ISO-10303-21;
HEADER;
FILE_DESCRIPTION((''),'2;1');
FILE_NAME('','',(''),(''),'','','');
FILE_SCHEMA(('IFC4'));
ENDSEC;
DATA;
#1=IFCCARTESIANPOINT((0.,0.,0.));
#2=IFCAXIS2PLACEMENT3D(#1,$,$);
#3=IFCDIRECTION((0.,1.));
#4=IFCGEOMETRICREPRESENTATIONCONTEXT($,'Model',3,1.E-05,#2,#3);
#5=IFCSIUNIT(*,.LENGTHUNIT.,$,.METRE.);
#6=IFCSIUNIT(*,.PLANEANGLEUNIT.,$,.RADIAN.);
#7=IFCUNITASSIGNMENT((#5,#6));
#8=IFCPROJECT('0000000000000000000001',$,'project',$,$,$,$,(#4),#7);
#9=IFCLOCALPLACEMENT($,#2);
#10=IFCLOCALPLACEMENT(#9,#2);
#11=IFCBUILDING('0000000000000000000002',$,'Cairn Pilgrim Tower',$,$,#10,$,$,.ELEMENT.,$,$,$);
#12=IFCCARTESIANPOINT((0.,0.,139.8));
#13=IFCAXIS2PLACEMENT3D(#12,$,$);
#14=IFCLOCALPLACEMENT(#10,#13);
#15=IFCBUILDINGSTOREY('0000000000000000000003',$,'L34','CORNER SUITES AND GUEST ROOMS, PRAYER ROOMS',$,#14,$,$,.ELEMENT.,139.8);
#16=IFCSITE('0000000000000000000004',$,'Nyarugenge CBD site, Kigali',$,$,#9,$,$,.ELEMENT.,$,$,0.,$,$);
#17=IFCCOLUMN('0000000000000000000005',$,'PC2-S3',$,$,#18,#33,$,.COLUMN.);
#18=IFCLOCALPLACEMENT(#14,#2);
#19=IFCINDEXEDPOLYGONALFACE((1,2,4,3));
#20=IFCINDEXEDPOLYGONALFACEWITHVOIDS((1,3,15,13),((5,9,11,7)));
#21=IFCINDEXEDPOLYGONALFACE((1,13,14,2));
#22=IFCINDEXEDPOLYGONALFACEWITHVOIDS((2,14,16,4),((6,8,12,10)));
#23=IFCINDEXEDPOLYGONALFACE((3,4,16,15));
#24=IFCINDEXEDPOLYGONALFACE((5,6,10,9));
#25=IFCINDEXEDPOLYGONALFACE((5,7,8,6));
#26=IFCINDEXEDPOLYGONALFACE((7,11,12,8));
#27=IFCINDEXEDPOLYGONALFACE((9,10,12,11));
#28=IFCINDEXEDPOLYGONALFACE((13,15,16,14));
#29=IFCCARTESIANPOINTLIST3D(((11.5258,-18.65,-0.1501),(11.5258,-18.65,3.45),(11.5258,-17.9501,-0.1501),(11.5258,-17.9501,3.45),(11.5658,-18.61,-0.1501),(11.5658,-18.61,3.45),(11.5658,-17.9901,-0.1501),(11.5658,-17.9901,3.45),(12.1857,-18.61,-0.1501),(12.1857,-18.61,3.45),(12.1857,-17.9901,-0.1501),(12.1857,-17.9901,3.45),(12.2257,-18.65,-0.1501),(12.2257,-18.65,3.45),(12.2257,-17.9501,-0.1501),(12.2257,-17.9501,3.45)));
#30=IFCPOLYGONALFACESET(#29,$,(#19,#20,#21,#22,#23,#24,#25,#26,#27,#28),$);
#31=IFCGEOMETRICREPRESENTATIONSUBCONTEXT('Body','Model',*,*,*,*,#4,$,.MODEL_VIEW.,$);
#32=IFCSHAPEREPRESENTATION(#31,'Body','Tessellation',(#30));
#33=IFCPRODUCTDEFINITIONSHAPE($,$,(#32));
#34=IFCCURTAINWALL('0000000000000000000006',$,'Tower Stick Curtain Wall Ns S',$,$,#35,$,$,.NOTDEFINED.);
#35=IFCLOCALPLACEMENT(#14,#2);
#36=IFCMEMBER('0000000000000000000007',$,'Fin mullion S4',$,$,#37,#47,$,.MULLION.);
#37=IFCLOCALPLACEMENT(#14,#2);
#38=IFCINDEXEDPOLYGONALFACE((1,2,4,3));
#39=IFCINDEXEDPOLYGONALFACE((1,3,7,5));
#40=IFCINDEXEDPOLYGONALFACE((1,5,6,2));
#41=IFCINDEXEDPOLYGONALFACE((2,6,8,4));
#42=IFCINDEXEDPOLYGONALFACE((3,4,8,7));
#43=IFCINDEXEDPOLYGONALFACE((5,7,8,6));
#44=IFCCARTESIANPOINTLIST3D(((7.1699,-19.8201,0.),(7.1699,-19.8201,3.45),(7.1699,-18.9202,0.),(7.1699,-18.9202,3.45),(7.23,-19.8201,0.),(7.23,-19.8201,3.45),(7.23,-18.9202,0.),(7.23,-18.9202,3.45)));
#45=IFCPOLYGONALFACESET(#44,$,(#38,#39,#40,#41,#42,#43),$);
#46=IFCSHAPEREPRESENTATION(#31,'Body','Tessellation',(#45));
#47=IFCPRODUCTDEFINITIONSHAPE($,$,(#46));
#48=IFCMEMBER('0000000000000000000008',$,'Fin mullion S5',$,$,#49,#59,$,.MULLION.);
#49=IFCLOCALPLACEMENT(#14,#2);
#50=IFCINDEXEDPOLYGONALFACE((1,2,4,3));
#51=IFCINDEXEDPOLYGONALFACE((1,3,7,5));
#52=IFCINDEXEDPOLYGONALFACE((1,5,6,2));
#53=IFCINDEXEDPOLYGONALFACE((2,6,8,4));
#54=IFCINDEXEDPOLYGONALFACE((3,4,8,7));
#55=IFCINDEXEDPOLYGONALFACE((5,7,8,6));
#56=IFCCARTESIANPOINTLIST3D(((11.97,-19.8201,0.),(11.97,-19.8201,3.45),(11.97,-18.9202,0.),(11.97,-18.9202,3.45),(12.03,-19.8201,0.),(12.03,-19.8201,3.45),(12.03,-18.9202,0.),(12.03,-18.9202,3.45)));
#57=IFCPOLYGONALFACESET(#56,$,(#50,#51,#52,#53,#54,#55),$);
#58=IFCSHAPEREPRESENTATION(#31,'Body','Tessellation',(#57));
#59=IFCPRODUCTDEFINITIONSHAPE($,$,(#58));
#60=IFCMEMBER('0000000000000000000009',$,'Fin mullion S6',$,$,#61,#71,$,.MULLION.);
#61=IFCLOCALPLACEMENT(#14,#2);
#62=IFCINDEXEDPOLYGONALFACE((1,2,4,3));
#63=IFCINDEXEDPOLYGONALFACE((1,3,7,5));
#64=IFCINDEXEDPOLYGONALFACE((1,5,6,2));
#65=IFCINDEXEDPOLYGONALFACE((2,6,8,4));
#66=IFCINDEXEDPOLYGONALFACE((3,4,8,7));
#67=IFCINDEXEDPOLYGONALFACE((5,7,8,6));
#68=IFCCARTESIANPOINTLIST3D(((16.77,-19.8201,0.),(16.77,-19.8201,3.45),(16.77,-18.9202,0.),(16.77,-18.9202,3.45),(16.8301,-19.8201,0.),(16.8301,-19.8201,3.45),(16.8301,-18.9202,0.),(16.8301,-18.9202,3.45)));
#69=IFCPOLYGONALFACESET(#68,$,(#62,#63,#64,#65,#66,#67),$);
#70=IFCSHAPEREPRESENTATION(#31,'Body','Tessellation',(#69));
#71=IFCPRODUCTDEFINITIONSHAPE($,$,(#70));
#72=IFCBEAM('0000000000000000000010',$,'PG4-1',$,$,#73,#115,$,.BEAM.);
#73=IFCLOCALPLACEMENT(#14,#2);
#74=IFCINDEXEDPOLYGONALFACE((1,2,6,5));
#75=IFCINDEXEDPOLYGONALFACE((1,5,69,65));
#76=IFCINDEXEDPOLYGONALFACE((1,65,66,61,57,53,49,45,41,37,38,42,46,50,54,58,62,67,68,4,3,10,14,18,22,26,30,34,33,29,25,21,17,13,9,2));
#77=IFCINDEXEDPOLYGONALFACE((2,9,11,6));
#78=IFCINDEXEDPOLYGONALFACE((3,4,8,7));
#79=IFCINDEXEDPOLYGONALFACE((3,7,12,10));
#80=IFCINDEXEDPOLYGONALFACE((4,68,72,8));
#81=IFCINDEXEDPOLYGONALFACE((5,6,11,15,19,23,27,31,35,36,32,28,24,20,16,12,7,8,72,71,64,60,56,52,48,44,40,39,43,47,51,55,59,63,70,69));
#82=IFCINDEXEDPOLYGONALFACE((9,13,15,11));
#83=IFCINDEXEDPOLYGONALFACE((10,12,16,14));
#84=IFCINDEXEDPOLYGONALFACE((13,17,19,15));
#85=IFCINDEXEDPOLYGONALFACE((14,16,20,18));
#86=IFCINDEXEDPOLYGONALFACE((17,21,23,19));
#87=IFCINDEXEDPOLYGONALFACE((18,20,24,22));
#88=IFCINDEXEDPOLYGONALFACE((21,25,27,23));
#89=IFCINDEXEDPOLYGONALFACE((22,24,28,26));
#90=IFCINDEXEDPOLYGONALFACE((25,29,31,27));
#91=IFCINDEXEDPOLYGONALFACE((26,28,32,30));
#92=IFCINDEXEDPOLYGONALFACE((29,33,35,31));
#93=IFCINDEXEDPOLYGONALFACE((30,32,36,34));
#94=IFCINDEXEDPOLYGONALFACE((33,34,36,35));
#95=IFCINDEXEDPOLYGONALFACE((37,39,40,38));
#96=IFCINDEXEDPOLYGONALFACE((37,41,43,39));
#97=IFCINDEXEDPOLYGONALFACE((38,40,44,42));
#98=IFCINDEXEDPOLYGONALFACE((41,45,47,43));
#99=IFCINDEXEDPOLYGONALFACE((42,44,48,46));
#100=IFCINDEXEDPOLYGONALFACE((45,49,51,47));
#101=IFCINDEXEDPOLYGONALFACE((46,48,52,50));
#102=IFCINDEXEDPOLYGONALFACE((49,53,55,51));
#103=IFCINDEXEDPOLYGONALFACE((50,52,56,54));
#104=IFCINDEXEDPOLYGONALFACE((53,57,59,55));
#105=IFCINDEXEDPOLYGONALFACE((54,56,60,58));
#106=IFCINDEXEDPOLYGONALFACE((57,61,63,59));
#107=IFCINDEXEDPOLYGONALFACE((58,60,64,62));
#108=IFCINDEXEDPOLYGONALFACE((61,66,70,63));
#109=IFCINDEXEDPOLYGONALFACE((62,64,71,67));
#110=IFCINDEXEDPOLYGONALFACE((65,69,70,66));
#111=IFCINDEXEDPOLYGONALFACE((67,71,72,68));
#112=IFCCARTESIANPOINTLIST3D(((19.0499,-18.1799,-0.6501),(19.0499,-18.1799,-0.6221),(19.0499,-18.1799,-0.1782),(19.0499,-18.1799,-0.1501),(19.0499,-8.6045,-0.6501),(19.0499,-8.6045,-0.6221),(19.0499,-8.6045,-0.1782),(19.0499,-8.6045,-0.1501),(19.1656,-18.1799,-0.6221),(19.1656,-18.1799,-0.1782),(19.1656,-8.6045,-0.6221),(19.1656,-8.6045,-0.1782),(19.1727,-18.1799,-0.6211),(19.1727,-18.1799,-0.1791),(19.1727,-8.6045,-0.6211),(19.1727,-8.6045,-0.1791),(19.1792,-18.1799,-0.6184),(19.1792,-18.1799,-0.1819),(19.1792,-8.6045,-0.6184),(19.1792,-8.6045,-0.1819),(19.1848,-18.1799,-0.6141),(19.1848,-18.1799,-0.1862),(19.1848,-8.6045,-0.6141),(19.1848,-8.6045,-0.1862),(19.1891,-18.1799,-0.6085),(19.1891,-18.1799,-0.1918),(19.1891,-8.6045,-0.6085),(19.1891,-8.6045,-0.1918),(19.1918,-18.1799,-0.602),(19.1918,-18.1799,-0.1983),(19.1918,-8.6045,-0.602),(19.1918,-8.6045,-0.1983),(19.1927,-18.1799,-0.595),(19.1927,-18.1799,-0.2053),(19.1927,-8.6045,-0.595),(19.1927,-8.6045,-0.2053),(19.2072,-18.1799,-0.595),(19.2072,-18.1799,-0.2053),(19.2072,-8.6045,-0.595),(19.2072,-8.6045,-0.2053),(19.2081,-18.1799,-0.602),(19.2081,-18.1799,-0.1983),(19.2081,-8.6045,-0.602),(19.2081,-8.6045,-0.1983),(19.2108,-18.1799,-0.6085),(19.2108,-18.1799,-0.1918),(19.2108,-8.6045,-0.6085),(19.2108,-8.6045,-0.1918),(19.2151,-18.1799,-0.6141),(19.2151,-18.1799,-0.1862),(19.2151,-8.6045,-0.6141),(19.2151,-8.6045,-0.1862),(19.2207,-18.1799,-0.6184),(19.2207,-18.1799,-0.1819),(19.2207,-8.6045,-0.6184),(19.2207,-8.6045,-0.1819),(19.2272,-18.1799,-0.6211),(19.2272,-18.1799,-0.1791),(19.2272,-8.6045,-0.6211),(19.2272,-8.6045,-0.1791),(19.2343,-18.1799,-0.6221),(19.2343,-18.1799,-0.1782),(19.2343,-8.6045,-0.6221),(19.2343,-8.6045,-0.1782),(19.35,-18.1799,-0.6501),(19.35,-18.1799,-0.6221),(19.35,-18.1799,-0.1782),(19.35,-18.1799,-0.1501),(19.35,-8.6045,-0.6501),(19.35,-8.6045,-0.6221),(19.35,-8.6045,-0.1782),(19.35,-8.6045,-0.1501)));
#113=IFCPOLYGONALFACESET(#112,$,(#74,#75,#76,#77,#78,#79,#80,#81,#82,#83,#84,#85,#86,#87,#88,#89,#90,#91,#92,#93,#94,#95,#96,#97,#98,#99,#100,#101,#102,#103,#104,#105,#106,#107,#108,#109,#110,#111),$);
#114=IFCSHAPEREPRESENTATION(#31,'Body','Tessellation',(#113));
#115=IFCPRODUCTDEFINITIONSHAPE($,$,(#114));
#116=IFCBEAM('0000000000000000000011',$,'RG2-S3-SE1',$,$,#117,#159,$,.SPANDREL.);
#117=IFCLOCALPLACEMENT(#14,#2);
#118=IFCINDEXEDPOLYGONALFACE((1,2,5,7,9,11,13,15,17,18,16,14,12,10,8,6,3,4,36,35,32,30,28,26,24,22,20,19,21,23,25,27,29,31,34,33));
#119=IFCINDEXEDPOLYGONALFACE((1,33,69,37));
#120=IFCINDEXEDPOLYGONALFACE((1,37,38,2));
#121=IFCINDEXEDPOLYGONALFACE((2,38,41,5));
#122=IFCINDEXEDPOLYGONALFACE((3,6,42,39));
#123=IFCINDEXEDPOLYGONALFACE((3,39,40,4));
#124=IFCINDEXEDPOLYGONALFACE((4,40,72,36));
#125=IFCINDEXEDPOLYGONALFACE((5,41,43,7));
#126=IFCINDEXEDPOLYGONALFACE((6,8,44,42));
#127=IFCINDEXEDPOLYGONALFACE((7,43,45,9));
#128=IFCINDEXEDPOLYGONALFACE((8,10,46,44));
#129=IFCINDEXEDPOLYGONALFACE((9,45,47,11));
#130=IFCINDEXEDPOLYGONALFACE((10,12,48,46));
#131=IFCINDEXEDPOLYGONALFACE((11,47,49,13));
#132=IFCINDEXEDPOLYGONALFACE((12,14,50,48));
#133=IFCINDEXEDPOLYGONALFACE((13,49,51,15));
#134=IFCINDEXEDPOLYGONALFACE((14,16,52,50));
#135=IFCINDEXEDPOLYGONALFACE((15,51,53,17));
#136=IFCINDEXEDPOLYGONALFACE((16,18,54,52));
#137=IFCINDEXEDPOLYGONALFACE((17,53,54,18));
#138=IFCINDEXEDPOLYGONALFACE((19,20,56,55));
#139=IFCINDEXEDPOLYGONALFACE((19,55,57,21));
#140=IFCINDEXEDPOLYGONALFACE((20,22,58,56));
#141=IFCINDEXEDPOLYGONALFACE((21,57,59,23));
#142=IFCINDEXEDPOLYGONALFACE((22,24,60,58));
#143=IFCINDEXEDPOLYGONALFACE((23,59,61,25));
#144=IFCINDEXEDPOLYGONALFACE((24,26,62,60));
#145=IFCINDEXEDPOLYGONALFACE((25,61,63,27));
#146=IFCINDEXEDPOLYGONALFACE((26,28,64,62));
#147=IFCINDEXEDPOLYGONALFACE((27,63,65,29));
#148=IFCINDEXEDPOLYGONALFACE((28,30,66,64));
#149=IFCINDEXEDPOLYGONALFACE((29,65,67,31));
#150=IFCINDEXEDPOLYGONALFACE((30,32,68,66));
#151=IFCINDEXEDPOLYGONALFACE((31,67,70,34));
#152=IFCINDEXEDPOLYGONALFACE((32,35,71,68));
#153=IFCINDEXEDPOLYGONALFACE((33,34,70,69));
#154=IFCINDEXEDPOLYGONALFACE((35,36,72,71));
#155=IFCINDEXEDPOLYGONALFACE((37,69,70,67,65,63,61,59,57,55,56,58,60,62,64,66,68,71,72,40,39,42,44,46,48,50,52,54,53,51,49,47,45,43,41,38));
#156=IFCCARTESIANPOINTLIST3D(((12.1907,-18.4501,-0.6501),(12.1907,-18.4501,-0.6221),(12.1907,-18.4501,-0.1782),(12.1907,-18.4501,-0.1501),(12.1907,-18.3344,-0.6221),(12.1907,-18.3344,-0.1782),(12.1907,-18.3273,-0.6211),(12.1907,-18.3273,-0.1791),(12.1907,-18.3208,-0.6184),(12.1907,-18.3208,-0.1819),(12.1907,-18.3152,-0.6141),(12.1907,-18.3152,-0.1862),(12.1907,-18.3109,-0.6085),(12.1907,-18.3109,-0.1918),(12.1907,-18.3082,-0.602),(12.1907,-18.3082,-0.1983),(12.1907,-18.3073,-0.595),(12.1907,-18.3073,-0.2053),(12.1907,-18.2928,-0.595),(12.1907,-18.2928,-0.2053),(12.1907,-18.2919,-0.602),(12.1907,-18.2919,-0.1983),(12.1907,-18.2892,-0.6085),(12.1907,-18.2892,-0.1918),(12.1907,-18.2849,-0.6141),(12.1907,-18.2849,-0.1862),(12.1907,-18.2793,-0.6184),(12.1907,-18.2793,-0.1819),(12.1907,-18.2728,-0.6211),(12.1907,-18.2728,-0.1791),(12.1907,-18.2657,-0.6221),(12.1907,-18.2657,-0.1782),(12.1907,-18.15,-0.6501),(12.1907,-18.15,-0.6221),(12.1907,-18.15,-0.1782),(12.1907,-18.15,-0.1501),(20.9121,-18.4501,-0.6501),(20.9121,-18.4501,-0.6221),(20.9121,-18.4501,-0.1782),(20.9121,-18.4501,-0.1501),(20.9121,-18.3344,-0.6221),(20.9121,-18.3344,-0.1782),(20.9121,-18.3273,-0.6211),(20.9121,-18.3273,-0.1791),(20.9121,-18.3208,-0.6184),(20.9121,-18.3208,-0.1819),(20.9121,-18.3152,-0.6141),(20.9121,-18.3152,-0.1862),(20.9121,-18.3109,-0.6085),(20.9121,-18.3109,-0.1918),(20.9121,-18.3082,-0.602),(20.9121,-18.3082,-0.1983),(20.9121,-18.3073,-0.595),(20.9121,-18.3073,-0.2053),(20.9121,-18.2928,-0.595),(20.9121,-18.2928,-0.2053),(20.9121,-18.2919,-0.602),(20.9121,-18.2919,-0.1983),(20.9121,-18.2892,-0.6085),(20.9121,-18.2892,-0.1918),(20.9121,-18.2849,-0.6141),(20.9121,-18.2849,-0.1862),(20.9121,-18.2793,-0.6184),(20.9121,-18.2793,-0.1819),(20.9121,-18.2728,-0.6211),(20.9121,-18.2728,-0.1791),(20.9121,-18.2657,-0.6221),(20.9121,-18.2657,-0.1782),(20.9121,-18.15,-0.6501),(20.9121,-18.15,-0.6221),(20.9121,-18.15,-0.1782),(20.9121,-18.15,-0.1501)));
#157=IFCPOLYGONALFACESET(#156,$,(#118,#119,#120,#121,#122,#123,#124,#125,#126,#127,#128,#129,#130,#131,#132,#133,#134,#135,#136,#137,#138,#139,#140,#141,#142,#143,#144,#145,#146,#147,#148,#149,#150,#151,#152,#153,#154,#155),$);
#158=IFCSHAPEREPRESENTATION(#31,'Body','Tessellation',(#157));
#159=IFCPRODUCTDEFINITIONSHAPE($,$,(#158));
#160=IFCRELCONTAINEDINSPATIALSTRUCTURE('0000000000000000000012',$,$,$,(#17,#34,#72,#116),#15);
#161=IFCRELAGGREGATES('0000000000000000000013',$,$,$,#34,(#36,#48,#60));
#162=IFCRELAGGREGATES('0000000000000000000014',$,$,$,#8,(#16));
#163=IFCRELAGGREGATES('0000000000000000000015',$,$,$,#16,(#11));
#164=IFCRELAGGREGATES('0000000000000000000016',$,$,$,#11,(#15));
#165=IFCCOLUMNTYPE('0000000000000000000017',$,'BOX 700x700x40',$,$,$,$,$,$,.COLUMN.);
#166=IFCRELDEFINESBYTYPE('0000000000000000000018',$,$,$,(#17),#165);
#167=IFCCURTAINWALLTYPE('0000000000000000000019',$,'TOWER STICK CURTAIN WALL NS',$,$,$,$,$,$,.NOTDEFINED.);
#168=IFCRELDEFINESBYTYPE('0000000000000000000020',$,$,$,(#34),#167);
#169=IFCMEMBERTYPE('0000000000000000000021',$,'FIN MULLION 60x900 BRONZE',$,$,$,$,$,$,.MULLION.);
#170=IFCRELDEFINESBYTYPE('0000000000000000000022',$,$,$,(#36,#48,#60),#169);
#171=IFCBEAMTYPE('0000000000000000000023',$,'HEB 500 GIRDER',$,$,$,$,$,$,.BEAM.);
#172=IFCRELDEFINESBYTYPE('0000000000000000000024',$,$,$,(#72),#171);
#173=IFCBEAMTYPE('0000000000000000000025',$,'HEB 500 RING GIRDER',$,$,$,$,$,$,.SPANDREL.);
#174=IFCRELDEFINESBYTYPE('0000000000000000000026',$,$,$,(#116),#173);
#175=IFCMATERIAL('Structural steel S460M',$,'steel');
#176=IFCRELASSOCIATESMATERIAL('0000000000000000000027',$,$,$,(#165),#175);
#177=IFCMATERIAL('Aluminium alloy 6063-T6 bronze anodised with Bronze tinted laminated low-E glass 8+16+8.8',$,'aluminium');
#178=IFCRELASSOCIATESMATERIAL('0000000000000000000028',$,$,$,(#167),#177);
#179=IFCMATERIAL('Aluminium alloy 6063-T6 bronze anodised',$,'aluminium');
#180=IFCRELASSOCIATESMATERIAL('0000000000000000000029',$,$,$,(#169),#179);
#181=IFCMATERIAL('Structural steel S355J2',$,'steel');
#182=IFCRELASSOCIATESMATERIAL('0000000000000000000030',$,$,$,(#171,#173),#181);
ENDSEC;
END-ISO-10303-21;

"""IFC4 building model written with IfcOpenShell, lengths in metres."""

from ifc_helpers import new_model, si_unit, direction, frame, origin, origin_2d, place, context, subcontext, project, spatial, rectangle, hollow_rectangle, i_section, extrude, material, material_profile, profile_set, type_object, element, aggregate, save


model = new_model("IFC4")

# Units and contexts
model_context = context("Model", 3, precision=1e-05, world=origin(), true_north=direction((0.0, 1.0)))
body_context = subcontext(model_context, "Body", "Model", "MODEL_VIEW")
ifc_project = project(units=[si_unit("LENGTHUNIT", "METRE"), si_unit("PLANEANGLEUNIT", "RADIAN")], contexts=[model_context])

# Site, building, storey
site_placement = place(None, origin())
site = spatial("IfcSite", under=ifc_project, at=site_placement, Name="Nyarugenge CBD site, Kigali", CompositionType="ELEMENT", RefElevation=0.0)
building_placement = place(site_placement, origin())
building = spatial("IfcBuilding", under=site, at=building_placement, Name="Cairn Pilgrim Tower", CompositionType="ELEMENT")
storey_placement = place(building_placement, frame((0.0, 0.0, 139.8)))
storey = spatial("IfcBuildingStorey", under=building, at=storey_placement, Name="L34", Description="CORNER SUITES AND GUEST ROOMS, PRAYER ROOMS", CompositionType="ELEMENT", Elevation=139.8)

# Column
ifc_material_1 = material(Name="Structural steel S460M", Category="steel")
ifc_material_profile_1 = material_profile(ifc_material_1, hollow_rectangle(XDim=0.7, YDim=0.7, WallThickness=0.04, at=origin_2d()), Name="BOX 700x700x40")
ifc_profile_set_1 = profile_set([ifc_material_profile_1], Name="Structural steel S460M")
column_type = type_object("IfcColumnType", Name="BOX 700x700x40", PredefinedType="COLUMN", material=ifc_profile_set_1)
column_placement = place(storey_placement, frame((11.8757, -18.3, -0.1501), z_axis=(0.0, 0.0, 1.0), x_axis=(1.0, 0.0, 0.0)))
element("IfcColumn", 1, at=column_placement, inside=storey, type_object=column_type, Name="PC2-S3", PredefinedType="COLUMN", context=body_context, shape_type="SweptSolid", body=[
    extrude(hollow_rectangle(XDim=0.7, YDim=0.7, WallThickness=0.04, at=origin_2d()), origin(), (0.0, 0.0, 1.0), 3.6001),
])

# Curtain wall, members
ifc_material_2 = material(Name="Aluminium alloy 6063-T6 bronze anodised with Bronze tinted laminated low-E glass 8+16+8.8", Category="aluminium")
curtain_wall_type = type_object("IfcCurtainWallType", Name="TOWER STICK CURTAIN WALL NS", PredefinedType="NOTDEFINED", material=ifc_material_2)
curtain_wall_placement = place(storey_placement, origin())
curtain_wall = element("IfcCurtainWall", 2, at=curtain_wall_placement, inside=storey, type_object=curtain_wall_type, Name="Tower Stick Curtain Wall Ns S", PredefinedType="NOTDEFINED")
ifc_material_3 = material(Name="Aluminium alloy 6063-T6 bronze anodised", Category="aluminium")
ifc_material_profile_2 = material_profile(ifc_material_3, rectangle(XDim=0.8999, YDim=0.0601, at=origin_2d()), Name="FIN MULLION 60x900 BRONZE")
ifc_profile_set_2 = profile_set([ifc_material_profile_2], Name="Aluminium alloy 6063-T6 bronze anodised")
member_type = type_object("IfcMemberType", Name="FIN MULLION 60x900 BRONZE", PredefinedType="MULLION", material=ifc_profile_set_2)
member_1_placement = place(storey_placement, frame((7.2, -19.3701, 0.0), z_axis=(0.0, 0.0, 1.0), x_axis=(0.0, -1.0, 0.0)))
member_1 = element("IfcMember", 3, at=member_1_placement, type_object=member_type, Name="Fin mullion S4", PredefinedType="MULLION", context=body_context, shape_type="SweptSolid", body=[
    extrude(rectangle(XDim=0.8999, YDim=0.0601, at=origin_2d()), origin(), (0.0, 0.0, 1.0), 3.45),
])
member_2_placement = place(storey_placement, frame((12.0, -19.3701, 0.0), z_axis=(0.0, 0.0, 1.0), x_axis=(0.0, -1.0, 0.0)))
member_2 = element("IfcMember", 4, at=member_2_placement, type_object=member_type, Name="Fin mullion S5", PredefinedType="MULLION", context=body_context, shape_type="SweptSolid", body=[
    extrude(rectangle(XDim=0.8999, YDim=0.0601, at=origin_2d()), origin(), (0.0, 0.0, 1.0), 3.45),
])
member_3_placement = place(storey_placement, frame((16.8, -19.3701, 0.0), z_axis=(0.0, 0.0, 1.0), x_axis=(0.0, -1.0, 0.0)))
member_3 = element("IfcMember", 5, at=member_3_placement, type_object=member_type, Name="Fin mullion S6", PredefinedType="MULLION", context=body_context, shape_type="SweptSolid", body=[
    extrude(rectangle(XDim=0.8999, YDim=0.0601, at=origin_2d()), origin(), (0.0, 0.0, 1.0), 3.45),
])
aggregate(curtain_wall, [member_1, member_2, member_3])

# Beams
ifc_material_4 = material(Name="Structural steel S355J2", Category="steel")
ifc_material_profile_3 = material_profile(ifc_material_4, i_section(OverallWidth=0.3, OverallDepth=0.5, WebThickness=0.0144, FlangeThickness=0.0281, FilletRadius=0.0271, at=origin_2d()), Name="HEB 500")
ifc_profile_set_3 = profile_set([ifc_material_profile_3], Name="Structural steel S355J2")
beam_type_1 = type_object("IfcBeamType", Name="HEB 500 GIRDER", PredefinedType="BEAM", material=ifc_profile_set_3)
beam_1_placement = place(storey_placement, frame((19.2, -18.1799, -0.4001), z_axis=(0.0, 1.0, 0.0), x_axis=(-1.0, 0.0, 0.0)))
element("IfcBeam", 6, at=beam_1_placement, inside=storey, type_object=beam_type_1, Name="PG4-1", PredefinedType="BEAM", context=body_context, shape_type="SweptSolid", body=[
    extrude(i_section(OverallWidth=0.3, OverallDepth=0.5, WebThickness=0.0144, FlangeThickness=0.0281, FilletRadius=0.0271, at=origin_2d()), origin(), (0.0, 0.0, 1.0), 9.5754),
])
ifc_material_profile_4 = material_profile(ifc_material_4, i_section(OverallWidth=0.3, OverallDepth=0.5, WebThickness=0.0144, FlangeThickness=0.0281, FilletRadius=0.0271, at=origin_2d()), Name="HEB 500")
ifc_profile_set_4 = profile_set([ifc_material_profile_4], Name="Structural steel S355J2")
beam_type_2 = type_object("IfcBeamType", Name="HEB 500 RING GIRDER", PredefinedType="SPANDREL", material=ifc_profile_set_4)
beam_2_placement = place(storey_placement, frame((12.1907, -18.3, -0.4001), z_axis=(1.0, 0.0, 0.0), x_axis=(0.0, 1.0, 0.0)))
element("IfcBeam", 7, at=beam_2_placement, inside=storey, type_object=beam_type_2, Name="RG2-S3-SE1", PredefinedType="SPANDREL", context=body_context, shape_type="SweptSolid", body=[
    extrude(i_section(OverallWidth=0.3, OverallDepth=0.5, WebThickness=0.0144, FlangeThickness=0.0281, FilletRadius=0.0271, at=origin_2d()), origin(), (0.0, 0.0, 1.0), 8.7214),
])

save(model, "model.ifc")
